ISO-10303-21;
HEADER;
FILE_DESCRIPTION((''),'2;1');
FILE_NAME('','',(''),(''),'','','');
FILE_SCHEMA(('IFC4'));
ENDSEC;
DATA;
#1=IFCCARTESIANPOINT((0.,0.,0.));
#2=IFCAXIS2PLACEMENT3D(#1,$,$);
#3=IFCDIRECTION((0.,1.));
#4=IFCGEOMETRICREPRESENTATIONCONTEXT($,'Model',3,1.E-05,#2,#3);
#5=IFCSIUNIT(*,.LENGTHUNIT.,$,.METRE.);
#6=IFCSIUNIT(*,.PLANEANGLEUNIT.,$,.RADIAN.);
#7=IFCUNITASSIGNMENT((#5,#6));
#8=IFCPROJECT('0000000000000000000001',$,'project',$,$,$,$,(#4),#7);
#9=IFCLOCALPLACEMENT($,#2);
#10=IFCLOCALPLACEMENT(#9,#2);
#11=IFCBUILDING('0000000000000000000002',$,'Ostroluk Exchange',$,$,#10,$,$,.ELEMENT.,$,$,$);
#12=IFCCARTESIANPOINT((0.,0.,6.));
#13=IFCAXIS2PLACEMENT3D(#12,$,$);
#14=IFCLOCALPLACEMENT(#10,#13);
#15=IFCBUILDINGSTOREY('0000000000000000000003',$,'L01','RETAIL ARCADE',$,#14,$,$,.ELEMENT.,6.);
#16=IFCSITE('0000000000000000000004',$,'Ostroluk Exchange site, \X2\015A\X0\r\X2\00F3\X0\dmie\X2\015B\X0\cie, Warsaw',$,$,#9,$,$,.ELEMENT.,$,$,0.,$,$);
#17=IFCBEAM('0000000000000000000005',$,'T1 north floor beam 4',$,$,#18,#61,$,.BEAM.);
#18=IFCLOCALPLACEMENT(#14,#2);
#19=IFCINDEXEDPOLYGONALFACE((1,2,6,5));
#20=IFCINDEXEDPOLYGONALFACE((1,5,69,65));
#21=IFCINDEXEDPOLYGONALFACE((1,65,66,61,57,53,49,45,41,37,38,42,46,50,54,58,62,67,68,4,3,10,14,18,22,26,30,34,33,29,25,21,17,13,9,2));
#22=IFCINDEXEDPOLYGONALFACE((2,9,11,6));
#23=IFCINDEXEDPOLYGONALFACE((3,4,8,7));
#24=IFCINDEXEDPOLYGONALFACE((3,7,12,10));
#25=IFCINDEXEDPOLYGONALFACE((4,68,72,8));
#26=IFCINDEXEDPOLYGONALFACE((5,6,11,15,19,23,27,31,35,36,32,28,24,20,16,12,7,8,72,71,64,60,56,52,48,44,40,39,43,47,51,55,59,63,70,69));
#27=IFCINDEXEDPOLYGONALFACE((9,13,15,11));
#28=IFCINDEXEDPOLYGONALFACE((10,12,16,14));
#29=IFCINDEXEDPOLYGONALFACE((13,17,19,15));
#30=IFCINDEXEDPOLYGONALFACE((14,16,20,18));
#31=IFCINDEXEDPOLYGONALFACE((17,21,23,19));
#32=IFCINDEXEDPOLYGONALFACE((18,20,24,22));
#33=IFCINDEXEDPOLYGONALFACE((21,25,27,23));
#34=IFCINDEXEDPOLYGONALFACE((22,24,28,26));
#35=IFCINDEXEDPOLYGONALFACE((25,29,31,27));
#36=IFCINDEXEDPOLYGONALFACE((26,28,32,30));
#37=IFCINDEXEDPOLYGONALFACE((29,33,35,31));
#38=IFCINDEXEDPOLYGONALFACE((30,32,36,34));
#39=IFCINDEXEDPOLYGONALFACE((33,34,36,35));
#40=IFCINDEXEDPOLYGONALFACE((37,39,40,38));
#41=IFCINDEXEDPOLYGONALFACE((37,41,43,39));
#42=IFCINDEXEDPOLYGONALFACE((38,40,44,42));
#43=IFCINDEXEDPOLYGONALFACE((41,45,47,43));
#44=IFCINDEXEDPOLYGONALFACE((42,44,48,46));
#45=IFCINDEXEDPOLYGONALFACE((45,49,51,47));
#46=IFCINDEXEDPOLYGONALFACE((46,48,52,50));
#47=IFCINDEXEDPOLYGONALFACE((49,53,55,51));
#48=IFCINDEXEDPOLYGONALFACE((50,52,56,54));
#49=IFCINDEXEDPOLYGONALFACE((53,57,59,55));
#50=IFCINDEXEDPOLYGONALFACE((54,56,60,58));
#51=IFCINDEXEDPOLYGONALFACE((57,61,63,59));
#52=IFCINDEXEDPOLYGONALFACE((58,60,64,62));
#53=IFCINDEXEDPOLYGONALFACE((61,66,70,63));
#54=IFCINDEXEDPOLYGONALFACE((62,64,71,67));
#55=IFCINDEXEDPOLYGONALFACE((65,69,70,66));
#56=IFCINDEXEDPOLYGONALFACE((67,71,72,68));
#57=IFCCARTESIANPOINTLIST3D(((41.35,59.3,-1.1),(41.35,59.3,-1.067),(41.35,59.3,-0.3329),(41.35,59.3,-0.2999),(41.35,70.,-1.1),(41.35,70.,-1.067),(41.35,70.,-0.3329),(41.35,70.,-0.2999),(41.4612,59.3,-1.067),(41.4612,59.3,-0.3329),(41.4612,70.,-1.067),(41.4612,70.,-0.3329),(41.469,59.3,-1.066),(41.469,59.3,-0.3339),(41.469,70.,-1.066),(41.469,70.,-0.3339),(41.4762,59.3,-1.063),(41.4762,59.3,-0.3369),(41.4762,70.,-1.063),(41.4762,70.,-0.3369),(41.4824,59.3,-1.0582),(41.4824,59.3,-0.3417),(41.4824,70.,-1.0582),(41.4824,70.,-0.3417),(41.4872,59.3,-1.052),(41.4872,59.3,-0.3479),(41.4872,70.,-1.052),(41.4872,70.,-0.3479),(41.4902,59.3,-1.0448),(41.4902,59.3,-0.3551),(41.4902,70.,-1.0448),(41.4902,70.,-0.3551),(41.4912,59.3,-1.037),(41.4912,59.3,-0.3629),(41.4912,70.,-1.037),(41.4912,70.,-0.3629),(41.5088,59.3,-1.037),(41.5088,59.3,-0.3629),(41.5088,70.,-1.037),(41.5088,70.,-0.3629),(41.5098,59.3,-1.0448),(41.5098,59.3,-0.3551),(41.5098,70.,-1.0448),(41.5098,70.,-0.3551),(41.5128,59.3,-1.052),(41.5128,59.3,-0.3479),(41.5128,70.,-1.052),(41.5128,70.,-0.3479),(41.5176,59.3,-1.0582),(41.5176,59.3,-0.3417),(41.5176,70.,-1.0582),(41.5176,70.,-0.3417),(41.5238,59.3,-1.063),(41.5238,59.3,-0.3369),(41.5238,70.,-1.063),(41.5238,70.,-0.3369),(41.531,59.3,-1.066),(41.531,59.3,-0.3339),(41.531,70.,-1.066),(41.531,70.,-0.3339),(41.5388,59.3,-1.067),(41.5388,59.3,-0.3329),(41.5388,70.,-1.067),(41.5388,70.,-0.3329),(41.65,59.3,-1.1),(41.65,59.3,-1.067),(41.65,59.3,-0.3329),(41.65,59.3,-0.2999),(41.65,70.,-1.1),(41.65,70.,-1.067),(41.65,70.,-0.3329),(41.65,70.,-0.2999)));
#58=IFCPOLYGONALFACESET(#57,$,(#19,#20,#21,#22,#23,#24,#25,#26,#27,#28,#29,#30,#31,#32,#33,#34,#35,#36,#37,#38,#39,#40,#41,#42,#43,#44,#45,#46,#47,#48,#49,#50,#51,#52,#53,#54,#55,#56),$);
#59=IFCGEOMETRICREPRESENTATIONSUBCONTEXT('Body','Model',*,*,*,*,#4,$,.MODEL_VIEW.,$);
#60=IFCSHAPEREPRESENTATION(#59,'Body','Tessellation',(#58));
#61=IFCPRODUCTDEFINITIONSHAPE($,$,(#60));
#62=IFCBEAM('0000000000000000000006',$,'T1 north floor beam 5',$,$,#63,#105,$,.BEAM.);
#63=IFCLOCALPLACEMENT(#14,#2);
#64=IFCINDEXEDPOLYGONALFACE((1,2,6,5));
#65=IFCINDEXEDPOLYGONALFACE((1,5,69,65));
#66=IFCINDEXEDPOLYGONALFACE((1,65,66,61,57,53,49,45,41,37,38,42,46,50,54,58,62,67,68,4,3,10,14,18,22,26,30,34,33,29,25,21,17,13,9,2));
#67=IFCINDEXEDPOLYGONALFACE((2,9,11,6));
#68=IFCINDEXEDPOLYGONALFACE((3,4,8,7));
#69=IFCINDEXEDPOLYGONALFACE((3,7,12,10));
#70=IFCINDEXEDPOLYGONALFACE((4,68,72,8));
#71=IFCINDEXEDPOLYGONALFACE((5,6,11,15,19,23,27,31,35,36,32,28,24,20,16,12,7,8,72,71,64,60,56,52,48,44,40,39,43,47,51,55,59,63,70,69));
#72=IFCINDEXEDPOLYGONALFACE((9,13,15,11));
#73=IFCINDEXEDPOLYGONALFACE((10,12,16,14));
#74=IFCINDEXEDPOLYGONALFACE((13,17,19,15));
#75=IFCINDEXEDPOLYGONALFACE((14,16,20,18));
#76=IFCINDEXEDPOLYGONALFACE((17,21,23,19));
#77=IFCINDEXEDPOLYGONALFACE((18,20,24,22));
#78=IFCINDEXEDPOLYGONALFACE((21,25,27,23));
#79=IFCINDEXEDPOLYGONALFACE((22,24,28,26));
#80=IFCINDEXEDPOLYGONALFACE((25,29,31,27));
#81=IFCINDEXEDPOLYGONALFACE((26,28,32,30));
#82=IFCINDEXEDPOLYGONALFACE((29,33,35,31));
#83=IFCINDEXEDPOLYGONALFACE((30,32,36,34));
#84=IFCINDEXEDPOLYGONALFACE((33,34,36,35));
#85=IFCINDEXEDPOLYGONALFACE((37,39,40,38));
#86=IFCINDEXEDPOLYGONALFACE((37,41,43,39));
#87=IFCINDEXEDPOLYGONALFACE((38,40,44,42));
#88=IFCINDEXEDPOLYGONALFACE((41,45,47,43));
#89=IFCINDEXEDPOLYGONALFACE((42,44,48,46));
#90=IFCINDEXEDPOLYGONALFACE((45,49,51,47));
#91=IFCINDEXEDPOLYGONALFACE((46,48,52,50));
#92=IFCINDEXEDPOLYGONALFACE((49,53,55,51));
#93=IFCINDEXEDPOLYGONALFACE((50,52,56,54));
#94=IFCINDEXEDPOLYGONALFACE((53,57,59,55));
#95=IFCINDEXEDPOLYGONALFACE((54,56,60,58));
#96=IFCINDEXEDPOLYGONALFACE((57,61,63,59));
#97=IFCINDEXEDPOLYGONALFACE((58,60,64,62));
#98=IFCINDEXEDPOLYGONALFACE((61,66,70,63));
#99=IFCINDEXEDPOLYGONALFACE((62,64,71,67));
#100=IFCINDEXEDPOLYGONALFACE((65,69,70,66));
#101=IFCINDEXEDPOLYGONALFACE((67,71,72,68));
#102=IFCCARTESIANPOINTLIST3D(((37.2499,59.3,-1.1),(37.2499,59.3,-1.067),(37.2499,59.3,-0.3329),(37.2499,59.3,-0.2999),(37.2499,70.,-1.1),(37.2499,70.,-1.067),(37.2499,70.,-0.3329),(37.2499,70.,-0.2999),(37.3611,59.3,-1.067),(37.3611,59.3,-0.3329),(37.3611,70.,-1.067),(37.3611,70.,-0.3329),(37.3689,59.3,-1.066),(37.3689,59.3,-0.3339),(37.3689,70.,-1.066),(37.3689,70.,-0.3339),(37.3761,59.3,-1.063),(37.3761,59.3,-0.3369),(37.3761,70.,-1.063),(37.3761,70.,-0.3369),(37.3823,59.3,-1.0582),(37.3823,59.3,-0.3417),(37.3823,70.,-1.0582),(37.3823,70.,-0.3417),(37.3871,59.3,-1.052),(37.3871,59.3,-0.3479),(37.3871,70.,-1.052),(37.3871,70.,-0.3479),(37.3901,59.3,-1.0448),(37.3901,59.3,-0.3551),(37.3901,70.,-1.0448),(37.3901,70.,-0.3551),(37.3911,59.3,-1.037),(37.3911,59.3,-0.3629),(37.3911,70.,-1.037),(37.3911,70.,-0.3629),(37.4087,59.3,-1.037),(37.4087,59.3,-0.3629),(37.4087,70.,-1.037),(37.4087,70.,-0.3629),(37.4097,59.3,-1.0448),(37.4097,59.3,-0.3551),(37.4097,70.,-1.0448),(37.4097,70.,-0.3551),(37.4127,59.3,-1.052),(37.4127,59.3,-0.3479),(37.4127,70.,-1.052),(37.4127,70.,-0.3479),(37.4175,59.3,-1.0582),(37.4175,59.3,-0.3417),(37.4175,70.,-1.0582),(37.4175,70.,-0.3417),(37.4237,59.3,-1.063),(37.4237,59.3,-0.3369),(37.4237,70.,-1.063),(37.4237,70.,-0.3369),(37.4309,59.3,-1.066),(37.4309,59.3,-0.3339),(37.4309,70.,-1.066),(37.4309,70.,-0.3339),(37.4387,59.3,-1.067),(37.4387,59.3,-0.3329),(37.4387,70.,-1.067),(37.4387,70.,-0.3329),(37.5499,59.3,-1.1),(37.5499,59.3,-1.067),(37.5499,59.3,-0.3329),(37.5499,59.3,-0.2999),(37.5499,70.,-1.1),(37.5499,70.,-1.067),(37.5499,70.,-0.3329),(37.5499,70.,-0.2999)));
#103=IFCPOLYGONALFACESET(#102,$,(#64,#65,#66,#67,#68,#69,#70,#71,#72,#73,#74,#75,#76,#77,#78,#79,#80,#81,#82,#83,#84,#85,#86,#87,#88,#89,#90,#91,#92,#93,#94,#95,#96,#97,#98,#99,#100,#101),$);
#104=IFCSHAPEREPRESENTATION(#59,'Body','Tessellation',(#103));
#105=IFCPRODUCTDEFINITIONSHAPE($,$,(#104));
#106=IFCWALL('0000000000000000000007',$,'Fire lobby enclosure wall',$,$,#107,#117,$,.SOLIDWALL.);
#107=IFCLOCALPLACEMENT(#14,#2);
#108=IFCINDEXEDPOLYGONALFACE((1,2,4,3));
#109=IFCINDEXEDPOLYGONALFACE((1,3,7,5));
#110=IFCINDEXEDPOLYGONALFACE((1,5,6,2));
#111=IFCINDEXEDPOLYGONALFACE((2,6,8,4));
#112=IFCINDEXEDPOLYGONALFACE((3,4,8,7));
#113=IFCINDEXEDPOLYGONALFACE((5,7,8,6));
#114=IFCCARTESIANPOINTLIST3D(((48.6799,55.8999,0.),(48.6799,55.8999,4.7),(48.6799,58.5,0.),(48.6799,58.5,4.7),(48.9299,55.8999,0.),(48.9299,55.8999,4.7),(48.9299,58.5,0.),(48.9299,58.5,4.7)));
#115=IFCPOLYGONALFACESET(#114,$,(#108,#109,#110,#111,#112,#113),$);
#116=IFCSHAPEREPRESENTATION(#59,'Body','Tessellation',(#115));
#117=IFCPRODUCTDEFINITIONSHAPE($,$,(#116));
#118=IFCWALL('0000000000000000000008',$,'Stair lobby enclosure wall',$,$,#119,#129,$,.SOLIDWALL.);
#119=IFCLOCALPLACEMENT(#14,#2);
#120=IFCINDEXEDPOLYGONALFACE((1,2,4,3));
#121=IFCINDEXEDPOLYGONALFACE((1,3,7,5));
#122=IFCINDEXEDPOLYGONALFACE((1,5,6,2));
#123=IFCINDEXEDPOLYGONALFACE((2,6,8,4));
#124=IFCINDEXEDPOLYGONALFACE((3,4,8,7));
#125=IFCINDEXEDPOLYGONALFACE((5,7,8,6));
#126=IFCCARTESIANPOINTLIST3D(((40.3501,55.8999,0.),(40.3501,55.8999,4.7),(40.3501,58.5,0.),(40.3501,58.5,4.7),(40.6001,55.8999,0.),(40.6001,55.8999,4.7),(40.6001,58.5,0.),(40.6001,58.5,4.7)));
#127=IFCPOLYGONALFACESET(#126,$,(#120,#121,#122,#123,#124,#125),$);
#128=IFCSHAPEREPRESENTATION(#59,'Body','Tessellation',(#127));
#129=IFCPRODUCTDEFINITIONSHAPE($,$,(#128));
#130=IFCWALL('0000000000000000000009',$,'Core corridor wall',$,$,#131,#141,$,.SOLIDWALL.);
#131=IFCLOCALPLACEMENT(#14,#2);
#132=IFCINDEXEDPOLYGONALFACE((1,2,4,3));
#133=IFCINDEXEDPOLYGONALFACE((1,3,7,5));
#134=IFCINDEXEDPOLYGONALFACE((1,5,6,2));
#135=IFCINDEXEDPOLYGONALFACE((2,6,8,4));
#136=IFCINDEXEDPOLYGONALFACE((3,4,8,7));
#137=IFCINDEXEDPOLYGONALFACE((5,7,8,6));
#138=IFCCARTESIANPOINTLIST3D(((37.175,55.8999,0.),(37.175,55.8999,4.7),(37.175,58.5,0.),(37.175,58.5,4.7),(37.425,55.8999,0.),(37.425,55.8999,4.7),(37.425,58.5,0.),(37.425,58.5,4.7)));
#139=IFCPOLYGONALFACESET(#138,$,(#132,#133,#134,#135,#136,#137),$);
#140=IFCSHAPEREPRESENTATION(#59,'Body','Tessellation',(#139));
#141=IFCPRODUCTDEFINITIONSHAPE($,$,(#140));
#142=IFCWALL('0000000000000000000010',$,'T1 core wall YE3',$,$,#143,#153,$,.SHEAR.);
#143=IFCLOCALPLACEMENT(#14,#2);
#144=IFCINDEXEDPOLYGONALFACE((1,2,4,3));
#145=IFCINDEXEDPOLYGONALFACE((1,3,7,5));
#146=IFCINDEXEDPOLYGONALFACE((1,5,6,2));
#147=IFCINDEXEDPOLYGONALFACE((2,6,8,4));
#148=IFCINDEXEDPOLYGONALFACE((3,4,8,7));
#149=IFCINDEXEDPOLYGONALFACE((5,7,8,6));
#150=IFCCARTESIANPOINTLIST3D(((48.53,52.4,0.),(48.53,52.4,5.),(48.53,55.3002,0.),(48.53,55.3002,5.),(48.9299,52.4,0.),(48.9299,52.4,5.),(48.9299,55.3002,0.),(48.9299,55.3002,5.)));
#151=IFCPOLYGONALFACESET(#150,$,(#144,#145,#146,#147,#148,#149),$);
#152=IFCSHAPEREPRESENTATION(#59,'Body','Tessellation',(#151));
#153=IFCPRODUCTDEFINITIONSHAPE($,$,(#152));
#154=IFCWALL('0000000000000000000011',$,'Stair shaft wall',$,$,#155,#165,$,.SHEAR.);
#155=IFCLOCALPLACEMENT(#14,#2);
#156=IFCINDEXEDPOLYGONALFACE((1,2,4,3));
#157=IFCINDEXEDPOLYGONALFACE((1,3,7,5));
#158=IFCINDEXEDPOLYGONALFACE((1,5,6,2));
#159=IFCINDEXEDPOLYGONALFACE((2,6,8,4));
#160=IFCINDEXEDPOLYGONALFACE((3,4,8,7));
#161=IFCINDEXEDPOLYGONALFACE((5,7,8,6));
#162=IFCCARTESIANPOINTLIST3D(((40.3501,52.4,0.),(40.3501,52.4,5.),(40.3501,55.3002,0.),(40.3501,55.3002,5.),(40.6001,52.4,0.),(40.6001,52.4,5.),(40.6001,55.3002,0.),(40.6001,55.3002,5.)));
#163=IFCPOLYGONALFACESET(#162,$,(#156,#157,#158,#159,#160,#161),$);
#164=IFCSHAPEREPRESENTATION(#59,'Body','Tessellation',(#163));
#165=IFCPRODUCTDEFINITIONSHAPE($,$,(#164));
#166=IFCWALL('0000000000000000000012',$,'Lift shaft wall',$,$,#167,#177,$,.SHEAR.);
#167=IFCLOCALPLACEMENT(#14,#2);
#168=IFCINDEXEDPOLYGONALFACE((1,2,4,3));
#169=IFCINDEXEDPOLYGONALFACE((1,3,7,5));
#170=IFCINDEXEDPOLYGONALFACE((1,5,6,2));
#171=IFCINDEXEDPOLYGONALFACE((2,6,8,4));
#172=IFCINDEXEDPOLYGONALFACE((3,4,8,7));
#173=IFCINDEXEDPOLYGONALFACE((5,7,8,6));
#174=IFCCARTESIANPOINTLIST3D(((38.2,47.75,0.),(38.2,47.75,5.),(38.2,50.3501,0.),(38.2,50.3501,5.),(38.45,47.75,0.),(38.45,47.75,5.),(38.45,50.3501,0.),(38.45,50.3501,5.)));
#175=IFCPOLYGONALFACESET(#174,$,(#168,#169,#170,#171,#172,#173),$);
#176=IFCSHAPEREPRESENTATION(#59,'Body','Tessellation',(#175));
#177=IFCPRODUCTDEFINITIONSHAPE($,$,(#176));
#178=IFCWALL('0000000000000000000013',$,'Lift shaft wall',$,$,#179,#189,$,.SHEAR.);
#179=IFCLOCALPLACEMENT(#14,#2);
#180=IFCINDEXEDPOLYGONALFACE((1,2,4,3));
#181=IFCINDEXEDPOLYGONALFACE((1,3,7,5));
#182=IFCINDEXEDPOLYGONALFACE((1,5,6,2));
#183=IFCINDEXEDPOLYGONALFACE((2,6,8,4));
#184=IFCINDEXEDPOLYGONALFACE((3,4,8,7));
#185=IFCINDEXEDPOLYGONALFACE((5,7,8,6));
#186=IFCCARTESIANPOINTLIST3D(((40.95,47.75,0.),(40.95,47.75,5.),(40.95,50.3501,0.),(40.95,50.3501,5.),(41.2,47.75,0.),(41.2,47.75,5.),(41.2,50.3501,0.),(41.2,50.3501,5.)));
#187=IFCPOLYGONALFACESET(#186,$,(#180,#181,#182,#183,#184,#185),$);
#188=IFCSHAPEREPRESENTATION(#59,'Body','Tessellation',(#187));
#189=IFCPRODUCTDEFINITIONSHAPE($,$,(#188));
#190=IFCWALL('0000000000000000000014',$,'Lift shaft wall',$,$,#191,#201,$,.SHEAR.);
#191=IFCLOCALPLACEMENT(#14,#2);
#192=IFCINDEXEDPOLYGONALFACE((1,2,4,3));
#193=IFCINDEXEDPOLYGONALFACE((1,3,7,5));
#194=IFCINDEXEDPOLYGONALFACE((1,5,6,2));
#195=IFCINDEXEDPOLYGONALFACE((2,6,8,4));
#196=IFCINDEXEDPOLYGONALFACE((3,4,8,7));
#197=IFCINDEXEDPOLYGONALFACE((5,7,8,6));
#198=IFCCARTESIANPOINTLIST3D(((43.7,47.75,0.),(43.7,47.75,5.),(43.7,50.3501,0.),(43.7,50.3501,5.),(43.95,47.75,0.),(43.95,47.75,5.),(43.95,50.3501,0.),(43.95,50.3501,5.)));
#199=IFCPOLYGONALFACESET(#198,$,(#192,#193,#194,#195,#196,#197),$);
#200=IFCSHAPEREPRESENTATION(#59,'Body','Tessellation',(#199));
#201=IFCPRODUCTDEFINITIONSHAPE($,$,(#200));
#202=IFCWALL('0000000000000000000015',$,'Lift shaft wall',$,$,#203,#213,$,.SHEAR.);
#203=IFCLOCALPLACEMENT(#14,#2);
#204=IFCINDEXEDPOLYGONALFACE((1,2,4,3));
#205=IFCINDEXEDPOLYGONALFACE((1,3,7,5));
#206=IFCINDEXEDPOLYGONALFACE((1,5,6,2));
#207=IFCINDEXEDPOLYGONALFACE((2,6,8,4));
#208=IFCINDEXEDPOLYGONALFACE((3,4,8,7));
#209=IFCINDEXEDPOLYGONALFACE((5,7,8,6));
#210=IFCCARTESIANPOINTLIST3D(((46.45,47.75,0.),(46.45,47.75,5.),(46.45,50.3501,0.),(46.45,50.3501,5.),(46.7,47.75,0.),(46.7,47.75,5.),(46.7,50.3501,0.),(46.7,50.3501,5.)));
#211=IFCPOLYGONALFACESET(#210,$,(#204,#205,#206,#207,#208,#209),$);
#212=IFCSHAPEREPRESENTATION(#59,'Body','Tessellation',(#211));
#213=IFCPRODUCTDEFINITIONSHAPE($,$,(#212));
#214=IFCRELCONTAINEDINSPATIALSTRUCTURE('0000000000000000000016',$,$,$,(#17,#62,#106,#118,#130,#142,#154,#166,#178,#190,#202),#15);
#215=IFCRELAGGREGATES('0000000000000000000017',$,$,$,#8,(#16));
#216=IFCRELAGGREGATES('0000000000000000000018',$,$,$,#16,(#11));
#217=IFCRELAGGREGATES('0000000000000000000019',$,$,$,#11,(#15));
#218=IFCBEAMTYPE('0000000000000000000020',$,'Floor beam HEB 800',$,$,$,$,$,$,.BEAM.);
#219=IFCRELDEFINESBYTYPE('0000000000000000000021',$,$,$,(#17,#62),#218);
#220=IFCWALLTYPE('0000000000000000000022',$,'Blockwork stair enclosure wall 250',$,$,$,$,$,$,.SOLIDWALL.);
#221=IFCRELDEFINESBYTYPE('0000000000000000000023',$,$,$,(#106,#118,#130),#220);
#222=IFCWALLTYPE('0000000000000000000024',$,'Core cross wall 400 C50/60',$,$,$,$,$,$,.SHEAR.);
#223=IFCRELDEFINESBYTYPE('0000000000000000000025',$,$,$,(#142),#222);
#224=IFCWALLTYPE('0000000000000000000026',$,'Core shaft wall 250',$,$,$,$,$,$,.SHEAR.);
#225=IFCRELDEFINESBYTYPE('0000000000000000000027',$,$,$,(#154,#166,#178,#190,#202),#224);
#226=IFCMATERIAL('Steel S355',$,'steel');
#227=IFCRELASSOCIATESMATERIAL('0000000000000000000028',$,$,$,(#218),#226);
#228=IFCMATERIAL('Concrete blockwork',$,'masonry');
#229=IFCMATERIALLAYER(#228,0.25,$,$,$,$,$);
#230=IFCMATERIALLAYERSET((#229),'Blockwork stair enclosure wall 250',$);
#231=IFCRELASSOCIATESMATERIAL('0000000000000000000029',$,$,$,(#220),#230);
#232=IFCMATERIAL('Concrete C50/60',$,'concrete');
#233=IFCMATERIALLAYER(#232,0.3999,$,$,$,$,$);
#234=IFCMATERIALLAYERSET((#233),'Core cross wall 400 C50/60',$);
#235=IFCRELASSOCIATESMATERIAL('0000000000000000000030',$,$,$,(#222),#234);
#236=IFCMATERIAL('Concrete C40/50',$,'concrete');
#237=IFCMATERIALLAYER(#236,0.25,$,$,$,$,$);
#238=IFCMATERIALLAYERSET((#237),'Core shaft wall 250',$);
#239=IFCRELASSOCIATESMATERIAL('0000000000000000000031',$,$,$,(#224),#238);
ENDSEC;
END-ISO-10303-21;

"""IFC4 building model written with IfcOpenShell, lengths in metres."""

from ifc_helpers import new_model, si_unit, direction, frame, frame_2d, origin, origin_2d, place, context, subcontext, project, spatial, rectangle, i_section, extrude, material, layer, layer_set, material_profile, profile_set, type_object, element, save


model = new_model("IFC4")

# Units and contexts
model_context = context("Model", 3, precision=1e-05, world=origin(), true_north=direction((0.0, 1.0)))
body_context = subcontext(model_context, "Body", "Model", "MODEL_VIEW")
ifc_project = project(units=[si_unit("LENGTHUNIT", "METRE"), si_unit("PLANEANGLEUNIT", "RADIAN")], contexts=[model_context])

# Site, building, storey
site_placement = place(None, origin())
site = spatial("IfcSite", under=ifc_project, at=site_placement, Name="Ostroluk Exchange site, Śródmieście, Warsaw", CompositionType="ELEMENT", RefElevation=0.0)
building_placement = place(site_placement, origin())
building = spatial("IfcBuilding", under=site, at=building_placement, Name="Ostroluk Exchange", CompositionType="ELEMENT")
storey_placement = place(building_placement, frame((0.0, 0.0, 6.0)))
storey = spatial("IfcBuildingStorey", under=building, at=storey_placement, Name="L01", Description="RETAIL ARCADE", CompositionType="ELEMENT", Elevation=6.0)

# Beams
ifc_material_1 = material(Name="Steel S355", Category="steel")
ifc_material_profile = material_profile(ifc_material_1, i_section(OverallWidth=0.3, OverallDepth=0.8, WebThickness=0.0176, FlangeThickness=0.033, FilletRadius=0.03, at=origin_2d()), Name="HEB 800")
ifc_profile_set = profile_set([ifc_material_profile], Name="Steel S355")
beam_type = type_object("IfcBeamType", Name="Floor beam HEB 800", PredefinedType="BEAM", material=ifc_profile_set)
for number, where, z_axis, x_axis, name in (
    (1, (41.5, 59.3, -0.7), (0.0, 1.0, 0.0), (-1.0, 0.0, 0.0), "T1 north floor beam 4"),
    (2, (37.3999, 59.3, -0.7), (0.0, 1.0, 0.0), (-1.0, 0.0, 0.0), "T1 north floor beam 5"),
):
    element("IfcBeam", number, at=place(storey_placement, frame(where, z_axis=z_axis, x_axis=x_axis)), inside=storey, type_object=beam_type, Name=name, PredefinedType="BEAM", context=body_context, shape_type="SweptSolid", body=[
        extrude(i_section(OverallWidth=0.3, OverallDepth=0.8, WebThickness=0.0176, FlangeThickness=0.033, FilletRadius=0.03, at=origin_2d()), origin(), (0.0, 0.0, 1.0), 10.7),
    ])

# Walls
ifc_material_2 = material(Name="Concrete blockwork", Category="masonry")
ifc_layer_1 = layer(ifc_material_2, 0.25)
ifc_layer_set_1 = layer_set([ifc_layer_1], Name="Blockwork stair enclosure wall 250")
wall_type_1 = type_object("IfcWallType", Name="Blockwork stair enclosure wall 250", PredefinedType="SOLIDWALL", material=ifc_layer_set_1)
for number, where, z_axis, x_axis, name in (
    (3, (48.8049, 55.8999, 0.0), (0.0, 0.0, 1.0), (0.0, 1.0, 0.0), "Fire lobby enclosure wall"),
    (4, (40.4751, 55.8999, 0.0), (0.0, 0.0, 1.0), (0.0, 1.0, 0.0), "Stair lobby enclosure wall"),
    (5, (37.3, 55.8999, 0.0), (0.0, 0.0, 1.0), (0.0, 1.0, 0.0), "Core corridor wall"),
):
    element("IfcWall", number, at=place(storey_placement, frame(where, z_axis=z_axis, x_axis=x_axis)), inside=storey, type_object=wall_type_1, Name=name, PredefinedType="SOLIDWALL", context=body_context, shape_type="SweptSolid", body=[
        extrude(rectangle(XDim=2.6001, YDim=0.25, at=frame_2d((1.3, 0.0))), origin(), (0.0, 0.0, 1.0), 4.7),
    ])
ifc_material_3 = material(Name="Concrete C50/60", Category="concrete")
ifc_layer_2 = layer(ifc_material_3, 0.3999)
ifc_layer_set_2 = layer_set([ifc_layer_2], Name="Core cross wall 400 C50/60")
wall_type_2 = type_object("IfcWallType", Name="Core cross wall 400 C50/60", PredefinedType="SHEAR", material=ifc_layer_set_2)
wall_1_placement = place(storey_placement, frame((48.73, 52.3999, 0.0), z_axis=(0.0, 0.0, 1.0), x_axis=(0.0, 1.0, 0.0)))
element("IfcWall", 6, at=wall_1_placement, inside=storey, type_object=wall_type_2, Name="T1 core wall YE3", PredefinedType="SHEAR", context=body_context, shape_type="SweptSolid", body=[
    extrude(rectangle(XDim=2.9001, YDim=0.3999, at=frame_2d((1.4502, 0.0))), origin(), (0.0, 0.0, 1.0), 5.0),
])
ifc_material_4 = material(Name="Concrete C40/50", Category="concrete")
ifc_layer_3 = layer(ifc_material_4, 0.25)
ifc_layer_set_3 = layer_set([ifc_layer_3], Name="Core shaft wall 250")
wall_type_3 = type_object("IfcWallType", Name="Core shaft wall 250", PredefinedType="SHEAR", material=ifc_layer_set_3)
wall_2_placement = place(storey_placement, frame((40.4751, 52.3999, 0.0), z_axis=(0.0, 0.0, 1.0), x_axis=(0.0, 1.0, 0.0)))
element("IfcWall", 7, at=wall_2_placement, inside=storey, type_object=wall_type_3, Name="Stair shaft wall", PredefinedType="SHEAR", context=body_context, shape_type="SweptSolid", body=[
    extrude(rectangle(XDim=2.9001, YDim=0.25, at=frame_2d((1.4502, 0.0))), origin(), (0.0, 0.0, 1.0), 5.0),
])
for number, where, z_axis, x_axis, name in (
    (8, (38.325, 47.75, 0.0), (0.0, 0.0, 1.0), (0.0, 1.0, 0.0), "Lift shaft wall"),
    (9, (41.075, 47.75, 0.0), (0.0, 0.0, 1.0), (0.0, 1.0, 0.0), "Lift shaft wall"),
    (10, (43.825, 47.75, 0.0), (0.0, 0.0, 1.0), (0.0, 1.0, 0.0), "Lift shaft wall"),
    (11, (46.575, 47.75, 0.0), (0.0, 0.0, 1.0), (0.0, 1.0, 0.0), "Lift shaft wall"),
):
    element("IfcWall", number, at=place(storey_placement, frame(where, z_axis=z_axis, x_axis=x_axis)), inside=storey, type_object=wall_type_3, Name=name, PredefinedType="SHEAR", context=body_context, shape_type="SweptSolid", body=[
        extrude(rectangle(XDim=2.6001, YDim=0.25, at=frame_2d((1.3, 0.0))), origin(), (0.0, 0.0, 1.0), 5.0),
    ])

save(model, "model.ifc")
